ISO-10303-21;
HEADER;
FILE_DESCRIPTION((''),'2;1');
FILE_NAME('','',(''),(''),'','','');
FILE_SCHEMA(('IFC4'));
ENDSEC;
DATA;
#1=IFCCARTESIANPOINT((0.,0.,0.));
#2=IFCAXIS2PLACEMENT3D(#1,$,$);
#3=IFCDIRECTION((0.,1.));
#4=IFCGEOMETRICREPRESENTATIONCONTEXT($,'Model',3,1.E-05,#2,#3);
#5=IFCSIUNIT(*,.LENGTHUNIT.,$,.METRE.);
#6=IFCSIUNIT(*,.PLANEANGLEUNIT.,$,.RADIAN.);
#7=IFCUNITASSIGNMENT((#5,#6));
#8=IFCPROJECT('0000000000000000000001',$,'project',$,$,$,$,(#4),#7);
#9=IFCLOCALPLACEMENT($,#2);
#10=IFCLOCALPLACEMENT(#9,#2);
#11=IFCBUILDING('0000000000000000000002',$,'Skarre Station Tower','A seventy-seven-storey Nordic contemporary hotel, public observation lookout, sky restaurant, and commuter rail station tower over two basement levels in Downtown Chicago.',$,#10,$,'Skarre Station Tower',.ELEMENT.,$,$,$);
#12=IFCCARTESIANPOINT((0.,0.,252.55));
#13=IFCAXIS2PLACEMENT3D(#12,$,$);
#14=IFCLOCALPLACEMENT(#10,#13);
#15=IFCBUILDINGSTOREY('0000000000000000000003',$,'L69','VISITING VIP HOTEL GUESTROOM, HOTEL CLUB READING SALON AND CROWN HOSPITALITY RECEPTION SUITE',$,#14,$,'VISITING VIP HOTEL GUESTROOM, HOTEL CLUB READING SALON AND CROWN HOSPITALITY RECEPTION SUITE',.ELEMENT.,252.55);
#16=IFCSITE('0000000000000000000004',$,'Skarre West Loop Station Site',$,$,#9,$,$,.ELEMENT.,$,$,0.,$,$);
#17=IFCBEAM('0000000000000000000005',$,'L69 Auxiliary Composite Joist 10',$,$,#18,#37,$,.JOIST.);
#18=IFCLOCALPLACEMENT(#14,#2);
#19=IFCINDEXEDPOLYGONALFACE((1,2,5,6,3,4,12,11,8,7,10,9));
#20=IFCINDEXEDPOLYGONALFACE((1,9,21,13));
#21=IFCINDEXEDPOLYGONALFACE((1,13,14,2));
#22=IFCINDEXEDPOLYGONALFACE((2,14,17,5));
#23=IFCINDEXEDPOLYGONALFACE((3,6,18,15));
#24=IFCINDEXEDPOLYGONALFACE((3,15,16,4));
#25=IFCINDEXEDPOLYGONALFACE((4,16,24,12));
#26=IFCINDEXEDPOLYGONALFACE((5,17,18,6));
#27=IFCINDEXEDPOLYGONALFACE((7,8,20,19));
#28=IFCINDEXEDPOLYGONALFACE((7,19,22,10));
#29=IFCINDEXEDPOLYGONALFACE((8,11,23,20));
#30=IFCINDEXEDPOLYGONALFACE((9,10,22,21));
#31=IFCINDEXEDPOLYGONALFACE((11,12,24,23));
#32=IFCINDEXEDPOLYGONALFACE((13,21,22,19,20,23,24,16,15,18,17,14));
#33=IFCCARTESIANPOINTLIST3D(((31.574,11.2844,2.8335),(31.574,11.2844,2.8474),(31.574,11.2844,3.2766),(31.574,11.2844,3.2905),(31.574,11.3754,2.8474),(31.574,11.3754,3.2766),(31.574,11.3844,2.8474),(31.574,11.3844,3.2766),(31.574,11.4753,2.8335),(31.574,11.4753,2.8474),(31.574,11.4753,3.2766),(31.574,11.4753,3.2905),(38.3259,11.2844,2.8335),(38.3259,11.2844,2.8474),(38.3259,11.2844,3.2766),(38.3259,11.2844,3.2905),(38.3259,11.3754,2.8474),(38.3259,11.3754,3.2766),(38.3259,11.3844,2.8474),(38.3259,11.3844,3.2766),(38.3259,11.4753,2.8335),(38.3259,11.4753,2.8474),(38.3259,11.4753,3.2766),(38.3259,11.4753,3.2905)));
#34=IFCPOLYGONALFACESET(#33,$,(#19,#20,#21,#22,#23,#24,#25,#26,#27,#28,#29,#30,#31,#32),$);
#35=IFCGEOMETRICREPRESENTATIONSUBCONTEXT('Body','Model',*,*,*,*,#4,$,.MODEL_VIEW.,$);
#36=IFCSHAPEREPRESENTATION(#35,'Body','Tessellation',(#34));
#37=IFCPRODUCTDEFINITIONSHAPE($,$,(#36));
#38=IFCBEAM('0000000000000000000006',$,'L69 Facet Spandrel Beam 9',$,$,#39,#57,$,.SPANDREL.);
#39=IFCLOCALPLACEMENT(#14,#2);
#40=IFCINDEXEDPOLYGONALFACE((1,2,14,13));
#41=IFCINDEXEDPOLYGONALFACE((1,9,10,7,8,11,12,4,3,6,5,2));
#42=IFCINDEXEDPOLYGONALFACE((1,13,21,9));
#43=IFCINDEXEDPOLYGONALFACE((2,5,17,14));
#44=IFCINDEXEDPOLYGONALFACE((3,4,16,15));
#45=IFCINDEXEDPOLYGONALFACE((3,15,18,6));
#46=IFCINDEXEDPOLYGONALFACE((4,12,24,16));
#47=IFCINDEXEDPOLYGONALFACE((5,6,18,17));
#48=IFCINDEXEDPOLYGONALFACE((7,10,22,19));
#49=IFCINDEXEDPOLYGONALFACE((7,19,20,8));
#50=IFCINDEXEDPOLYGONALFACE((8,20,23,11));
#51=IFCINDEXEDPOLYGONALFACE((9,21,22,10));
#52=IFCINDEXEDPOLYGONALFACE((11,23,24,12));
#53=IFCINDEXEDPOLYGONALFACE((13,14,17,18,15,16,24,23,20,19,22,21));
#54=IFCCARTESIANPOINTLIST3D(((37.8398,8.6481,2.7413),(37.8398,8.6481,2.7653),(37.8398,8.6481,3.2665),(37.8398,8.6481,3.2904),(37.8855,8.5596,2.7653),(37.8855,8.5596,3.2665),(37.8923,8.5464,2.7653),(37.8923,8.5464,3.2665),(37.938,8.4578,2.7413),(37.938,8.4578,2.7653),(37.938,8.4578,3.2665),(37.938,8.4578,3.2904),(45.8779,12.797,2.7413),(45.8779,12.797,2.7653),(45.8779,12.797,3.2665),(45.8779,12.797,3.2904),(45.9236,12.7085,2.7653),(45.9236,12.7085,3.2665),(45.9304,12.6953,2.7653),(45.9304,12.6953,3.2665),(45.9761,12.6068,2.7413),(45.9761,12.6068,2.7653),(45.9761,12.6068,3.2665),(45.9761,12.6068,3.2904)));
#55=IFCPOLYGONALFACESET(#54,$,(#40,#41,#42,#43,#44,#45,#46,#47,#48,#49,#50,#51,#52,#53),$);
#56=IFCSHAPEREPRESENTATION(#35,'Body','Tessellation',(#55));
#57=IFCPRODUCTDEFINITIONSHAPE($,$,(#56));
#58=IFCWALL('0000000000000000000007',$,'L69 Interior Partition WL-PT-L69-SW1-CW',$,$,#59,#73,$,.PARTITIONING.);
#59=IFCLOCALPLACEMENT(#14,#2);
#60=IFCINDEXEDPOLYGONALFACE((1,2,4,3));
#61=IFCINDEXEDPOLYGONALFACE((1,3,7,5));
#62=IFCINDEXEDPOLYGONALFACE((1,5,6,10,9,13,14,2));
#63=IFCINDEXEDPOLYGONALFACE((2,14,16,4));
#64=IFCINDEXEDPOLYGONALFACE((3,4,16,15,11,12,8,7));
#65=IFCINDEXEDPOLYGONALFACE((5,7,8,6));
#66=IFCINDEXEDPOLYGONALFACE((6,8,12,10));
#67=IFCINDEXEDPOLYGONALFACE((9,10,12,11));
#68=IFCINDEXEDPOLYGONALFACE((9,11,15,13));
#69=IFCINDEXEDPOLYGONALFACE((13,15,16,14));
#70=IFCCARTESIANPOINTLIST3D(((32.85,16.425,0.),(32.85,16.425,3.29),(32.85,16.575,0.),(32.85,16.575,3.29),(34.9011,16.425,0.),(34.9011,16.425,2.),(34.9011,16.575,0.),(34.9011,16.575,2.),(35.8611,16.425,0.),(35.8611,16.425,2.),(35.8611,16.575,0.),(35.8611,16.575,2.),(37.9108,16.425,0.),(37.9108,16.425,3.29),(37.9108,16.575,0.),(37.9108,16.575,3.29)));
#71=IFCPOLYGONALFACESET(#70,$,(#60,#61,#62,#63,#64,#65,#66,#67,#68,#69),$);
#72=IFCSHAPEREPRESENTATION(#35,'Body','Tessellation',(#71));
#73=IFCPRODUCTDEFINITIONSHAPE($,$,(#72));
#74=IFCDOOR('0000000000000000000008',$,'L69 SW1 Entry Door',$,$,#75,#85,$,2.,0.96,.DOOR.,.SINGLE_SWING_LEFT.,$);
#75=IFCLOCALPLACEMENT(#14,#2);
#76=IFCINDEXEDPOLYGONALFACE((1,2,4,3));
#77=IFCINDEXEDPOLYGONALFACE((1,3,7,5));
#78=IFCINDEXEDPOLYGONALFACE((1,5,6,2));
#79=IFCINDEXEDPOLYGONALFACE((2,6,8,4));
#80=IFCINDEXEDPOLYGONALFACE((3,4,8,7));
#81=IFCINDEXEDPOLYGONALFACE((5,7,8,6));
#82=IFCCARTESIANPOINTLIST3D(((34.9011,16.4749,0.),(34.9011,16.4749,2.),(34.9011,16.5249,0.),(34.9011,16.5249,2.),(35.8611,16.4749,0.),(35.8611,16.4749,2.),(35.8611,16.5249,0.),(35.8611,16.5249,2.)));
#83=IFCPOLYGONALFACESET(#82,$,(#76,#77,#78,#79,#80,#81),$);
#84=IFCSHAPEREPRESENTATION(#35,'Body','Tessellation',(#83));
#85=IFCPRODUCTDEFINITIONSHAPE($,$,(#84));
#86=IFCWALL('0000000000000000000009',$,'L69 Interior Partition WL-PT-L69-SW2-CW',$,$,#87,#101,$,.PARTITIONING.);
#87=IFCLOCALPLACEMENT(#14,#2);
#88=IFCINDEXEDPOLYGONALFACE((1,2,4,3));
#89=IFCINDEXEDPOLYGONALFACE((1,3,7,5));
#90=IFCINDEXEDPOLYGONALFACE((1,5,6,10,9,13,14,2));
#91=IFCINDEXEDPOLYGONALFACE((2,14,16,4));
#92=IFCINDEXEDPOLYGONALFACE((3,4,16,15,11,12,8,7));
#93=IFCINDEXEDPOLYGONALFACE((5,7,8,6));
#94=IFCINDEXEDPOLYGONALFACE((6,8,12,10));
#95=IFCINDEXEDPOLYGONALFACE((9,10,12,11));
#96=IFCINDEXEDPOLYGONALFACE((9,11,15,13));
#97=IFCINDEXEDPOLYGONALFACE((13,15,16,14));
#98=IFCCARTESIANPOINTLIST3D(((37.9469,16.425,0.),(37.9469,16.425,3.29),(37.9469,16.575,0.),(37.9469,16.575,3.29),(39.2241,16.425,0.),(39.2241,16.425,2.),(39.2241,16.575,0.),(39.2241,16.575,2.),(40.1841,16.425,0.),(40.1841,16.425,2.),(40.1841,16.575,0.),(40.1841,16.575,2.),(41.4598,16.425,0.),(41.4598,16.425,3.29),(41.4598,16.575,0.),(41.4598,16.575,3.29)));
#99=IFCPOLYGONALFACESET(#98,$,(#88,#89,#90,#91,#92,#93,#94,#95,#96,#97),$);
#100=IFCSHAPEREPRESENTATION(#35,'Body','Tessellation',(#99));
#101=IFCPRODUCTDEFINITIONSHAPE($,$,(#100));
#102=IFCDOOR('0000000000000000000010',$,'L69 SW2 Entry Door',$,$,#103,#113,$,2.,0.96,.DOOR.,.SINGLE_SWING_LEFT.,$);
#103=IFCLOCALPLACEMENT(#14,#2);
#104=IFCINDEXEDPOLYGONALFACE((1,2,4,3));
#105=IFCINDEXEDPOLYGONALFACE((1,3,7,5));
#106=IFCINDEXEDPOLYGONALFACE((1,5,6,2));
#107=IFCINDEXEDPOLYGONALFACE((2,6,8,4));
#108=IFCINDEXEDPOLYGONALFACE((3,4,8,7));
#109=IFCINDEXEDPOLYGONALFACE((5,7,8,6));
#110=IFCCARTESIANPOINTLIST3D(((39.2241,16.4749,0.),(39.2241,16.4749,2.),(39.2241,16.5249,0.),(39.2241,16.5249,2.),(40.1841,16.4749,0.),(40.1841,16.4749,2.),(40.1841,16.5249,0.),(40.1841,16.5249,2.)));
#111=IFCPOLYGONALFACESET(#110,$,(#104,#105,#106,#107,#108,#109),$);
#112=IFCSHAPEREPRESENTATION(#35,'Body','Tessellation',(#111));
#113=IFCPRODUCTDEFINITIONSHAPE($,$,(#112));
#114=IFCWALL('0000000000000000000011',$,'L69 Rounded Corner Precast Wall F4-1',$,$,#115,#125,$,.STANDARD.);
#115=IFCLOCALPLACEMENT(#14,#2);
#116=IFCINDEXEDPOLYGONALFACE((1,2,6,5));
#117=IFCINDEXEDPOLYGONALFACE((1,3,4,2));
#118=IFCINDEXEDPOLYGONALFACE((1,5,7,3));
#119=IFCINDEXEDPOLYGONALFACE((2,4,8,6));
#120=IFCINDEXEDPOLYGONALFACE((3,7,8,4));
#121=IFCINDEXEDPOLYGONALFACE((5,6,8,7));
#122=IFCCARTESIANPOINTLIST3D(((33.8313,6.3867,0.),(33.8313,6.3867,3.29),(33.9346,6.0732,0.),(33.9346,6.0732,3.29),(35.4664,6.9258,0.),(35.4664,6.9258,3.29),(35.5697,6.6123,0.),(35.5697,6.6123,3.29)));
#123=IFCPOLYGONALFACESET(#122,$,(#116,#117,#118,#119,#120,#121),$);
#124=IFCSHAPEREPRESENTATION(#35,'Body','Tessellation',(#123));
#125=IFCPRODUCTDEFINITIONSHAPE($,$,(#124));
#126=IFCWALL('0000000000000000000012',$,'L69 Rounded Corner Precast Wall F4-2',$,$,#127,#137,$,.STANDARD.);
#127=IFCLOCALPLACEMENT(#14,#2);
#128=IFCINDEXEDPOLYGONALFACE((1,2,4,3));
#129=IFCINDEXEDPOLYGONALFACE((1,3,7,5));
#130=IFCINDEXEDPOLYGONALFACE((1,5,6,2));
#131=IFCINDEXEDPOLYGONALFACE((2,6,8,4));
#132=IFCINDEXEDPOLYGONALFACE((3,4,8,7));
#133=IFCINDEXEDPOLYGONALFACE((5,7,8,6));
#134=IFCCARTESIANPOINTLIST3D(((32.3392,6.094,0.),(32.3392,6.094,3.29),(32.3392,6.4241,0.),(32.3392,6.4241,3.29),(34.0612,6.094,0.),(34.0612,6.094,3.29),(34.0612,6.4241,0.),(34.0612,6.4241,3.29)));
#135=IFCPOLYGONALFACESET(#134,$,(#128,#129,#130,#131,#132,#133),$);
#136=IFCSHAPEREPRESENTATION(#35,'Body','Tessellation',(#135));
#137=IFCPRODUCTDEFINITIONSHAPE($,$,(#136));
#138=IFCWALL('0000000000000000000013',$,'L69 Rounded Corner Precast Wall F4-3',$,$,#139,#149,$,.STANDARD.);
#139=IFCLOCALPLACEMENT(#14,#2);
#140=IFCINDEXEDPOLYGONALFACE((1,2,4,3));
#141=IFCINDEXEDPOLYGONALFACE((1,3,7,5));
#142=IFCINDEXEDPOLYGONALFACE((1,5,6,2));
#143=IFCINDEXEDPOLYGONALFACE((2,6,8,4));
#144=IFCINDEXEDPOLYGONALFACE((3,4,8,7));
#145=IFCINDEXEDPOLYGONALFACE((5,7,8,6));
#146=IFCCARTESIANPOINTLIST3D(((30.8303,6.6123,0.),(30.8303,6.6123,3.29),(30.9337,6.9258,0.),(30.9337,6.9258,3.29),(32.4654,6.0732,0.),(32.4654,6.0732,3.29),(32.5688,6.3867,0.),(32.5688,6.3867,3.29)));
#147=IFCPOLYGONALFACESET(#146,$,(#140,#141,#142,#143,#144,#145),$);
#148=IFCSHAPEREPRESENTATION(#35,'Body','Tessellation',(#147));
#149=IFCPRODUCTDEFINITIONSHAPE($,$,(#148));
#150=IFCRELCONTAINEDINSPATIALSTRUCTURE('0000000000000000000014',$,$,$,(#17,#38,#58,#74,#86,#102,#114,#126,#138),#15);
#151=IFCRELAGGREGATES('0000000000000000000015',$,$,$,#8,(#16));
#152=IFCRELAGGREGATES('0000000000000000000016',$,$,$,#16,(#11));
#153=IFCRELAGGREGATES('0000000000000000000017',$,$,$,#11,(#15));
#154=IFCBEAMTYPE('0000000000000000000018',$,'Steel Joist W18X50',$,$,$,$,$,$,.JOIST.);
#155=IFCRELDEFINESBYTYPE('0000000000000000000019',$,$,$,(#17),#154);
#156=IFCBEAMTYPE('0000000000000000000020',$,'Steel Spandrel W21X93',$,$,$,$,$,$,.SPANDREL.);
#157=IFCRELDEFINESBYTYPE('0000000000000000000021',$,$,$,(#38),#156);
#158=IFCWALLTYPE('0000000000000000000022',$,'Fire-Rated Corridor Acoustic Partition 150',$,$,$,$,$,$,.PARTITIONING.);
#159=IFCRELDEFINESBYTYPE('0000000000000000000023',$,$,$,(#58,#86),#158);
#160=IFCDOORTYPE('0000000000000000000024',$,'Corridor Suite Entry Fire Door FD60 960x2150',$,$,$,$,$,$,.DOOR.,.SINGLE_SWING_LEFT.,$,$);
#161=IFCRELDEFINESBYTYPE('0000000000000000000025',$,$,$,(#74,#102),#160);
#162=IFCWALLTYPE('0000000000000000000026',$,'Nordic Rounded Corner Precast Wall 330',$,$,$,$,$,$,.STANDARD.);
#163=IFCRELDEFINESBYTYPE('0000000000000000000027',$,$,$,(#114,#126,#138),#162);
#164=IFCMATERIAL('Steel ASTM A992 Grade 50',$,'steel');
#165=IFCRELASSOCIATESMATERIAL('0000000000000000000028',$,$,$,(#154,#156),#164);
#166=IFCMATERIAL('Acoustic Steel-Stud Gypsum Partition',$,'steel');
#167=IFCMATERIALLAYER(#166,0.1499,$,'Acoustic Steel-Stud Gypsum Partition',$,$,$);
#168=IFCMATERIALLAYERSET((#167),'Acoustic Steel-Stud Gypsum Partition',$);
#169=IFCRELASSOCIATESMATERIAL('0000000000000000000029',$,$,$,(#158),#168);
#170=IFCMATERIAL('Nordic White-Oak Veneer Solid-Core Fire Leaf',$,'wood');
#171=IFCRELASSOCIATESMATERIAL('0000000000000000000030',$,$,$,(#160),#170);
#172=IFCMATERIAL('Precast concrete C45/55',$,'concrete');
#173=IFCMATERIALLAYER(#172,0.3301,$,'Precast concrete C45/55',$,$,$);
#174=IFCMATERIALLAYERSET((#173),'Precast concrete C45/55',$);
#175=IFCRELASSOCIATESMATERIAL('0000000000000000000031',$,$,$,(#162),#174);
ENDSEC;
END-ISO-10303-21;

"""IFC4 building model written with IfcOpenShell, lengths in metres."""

from ifc_helpers import new_model, si_unit, direction, frame, frame_2d, origin, origin_2d, place, context, subcontext, project, spatial, rectangle, i_section, extrude, material, layer, layer_set, material_profile, profile_set, type_object, element, fill, save


model = new_model("IFC4")

# Units and contexts
model_context = context("Model", 3, precision=1e-05, world=origin(), true_north=direction((0.0, 1.0)))
body_context = subcontext(model_context, "Body", "Model", "MODEL_VIEW")
ifc_project = project(units=[si_unit("LENGTHUNIT", "METRE"), si_unit("PLANEANGLEUNIT", "RADIAN")], contexts=[model_context])

# Site, building, storey
site_placement = place(None, origin())
site = spatial("IfcSite", under=ifc_project, at=site_placement, Name="Skarre West Loop Station Site", CompositionType="ELEMENT", RefElevation=0.0)
building_placement = place(site_placement, origin())
building = spatial("IfcBuilding", under=site, at=building_placement, Name="Skarre Station Tower", Description="A seventy-seven-storey Nordic contemporary hotel, public observation lookout, sky restaurant, and commuter rail station tower over two basement levels in Downtown Chicago.", LongName="Skarre Station Tower", CompositionType="ELEMENT")
storey_placement = place(building_placement, frame((0.0, 0.0, 252.55)))
storey = spatial("IfcBuildingStorey", under=building, at=storey_placement, Name="L69", Description="VISITING VIP HOTEL GUESTROOM, HOTEL CLUB READING SALON AND CROWN HOSPITALITY RECEPTION SUITE", LongName="VISITING VIP HOTEL GUESTROOM, HOTEL CLUB READING SALON AND CROWN HOSPITALITY RECEPTION SUITE", CompositionType="ELEMENT", Elevation=252.55)

# Beams
ifc_material_1 = material(Name="Steel ASTM A992 Grade 50", Category="steel")
ifc_material_profile_1 = material_profile(ifc_material_1, i_section(OverallWidth=0.1909, OverallDepth=0.457, WebThickness=0.009, FlangeThickness=0.0139, at=origin_2d()), Name="Steel ASTM A992 Grade 50")
ifc_profile_set_1 = profile_set([ifc_material_profile_1], Name="Steel ASTM A992 Grade 50")
beam_type_1 = type_object("IfcBeamType", Name="Steel Joist W18X50", PredefinedType="JOIST", material=ifc_profile_set_1)
beam_1_placement = place(storey_placement, frame((31.574, 11.3799, 3.062), z_axis=(1.0, 0.0, 0.0), x_axis=(0.0, 1.0, 0.0)))
element("IfcBeam", 1, at=beam_1_placement, inside=storey, type_object=beam_type_1, Name="L69 Auxiliary Composite Joist 10", PredefinedType="JOIST", context=body_context, shape_type="SweptSolid", body=[
    extrude(i_section(OverallWidth=0.1909, OverallDepth=0.457, WebThickness=0.009, FlangeThickness=0.0139, at=origin_2d()), origin(), (0.0, 0.0, 1.0), 6.752),
])
ifc_material_profile_2 = material_profile(ifc_material_1, i_section(OverallWidth=0.2141, OverallDepth=0.5491, WebThickness=0.0149, FlangeThickness=0.0239, at=origin_2d()), Name="Steel ASTM A992 Grade 50")
ifc_profile_set_2 = profile_set([ifc_material_profile_2], Name="Steel ASTM A992 Grade 50")
beam_type_2 = type_object("IfcBeamType", Name="Steel Spandrel W21X93", PredefinedType="SPANDREL", material=ifc_profile_set_2)
beam_2_placement = place(storey_placement, frame((37.8889, 8.553, 3.0159), z_axis=(0.88861, 0.458664, 0.0), x_axis=(-0.458664, 0.88861, 0.0)))
element("IfcBeam", 2, at=beam_2_placement, inside=storey, type_object=beam_type_2, Name="L69 Facet Spandrel Beam 9", PredefinedType="SPANDREL", context=body_context, shape_type="SweptSolid", body=[
    extrude(i_section(OverallWidth=0.2141, OverallDepth=0.5491, WebThickness=0.0149, FlangeThickness=0.0239, at=origin_2d()), origin(), (0.0, 0.0, 1.0), 9.0457),
])

# Walls, openings, doors
ifc_material_2 = material(Name="Acoustic Steel-Stud Gypsum Partition", Category="steel")
ifc_layer_1 = layer(ifc_material_2, 0.1499, Name="Acoustic Steel-Stud Gypsum Partition")
ifc_layer_set_1 = layer_set([ifc_layer_1], Name="Acoustic Steel-Stud Gypsum Partition")
wall_type_1 = type_object("IfcWallType", Name="Fire-Rated Corridor Acoustic Partition 150", PredefinedType="PARTITIONING", material=ifc_layer_set_1)
wall_1_placement = place(storey_placement, frame((32.8501, 16.5, 0.0), z_axis=(0.0, 0.0, 1.0), x_axis=(1.0, 0.0, 0.0)))
wall_1 = element("IfcWall", 3, at=wall_1_placement, inside=storey, type_object=wall_type_1, Name="L69 Interior Partition WL-PT-L69-SW1-CW", PredefinedType="PARTITIONING", context=body_context, shape_type="SweptSolid", body=[
    extrude(rectangle(XDim=5.0608, YDim=0.1499, at=frame_2d((2.5303, 0.0))), origin(), (0.0, 0.0, 1.0), 3.29),
])
opening_1_placement = place(wall_1_placement, frame((2.051, 0.0, 0.0)))
opening_1 = element("IfcOpeningElement", 4, at=opening_1_placement, cuts=wall_1, PredefinedType="OPENING", context=body_context, shape_type="SweptSolid", body=[
    extrude(rectangle(XDim=0.96, YDim=2.0, at=frame_2d((0.48, 1.0))), frame((0.0, 0.085, 0.0), z_axis=(0.0, -1.0, 0.0), x_axis=(1.0, 0.0, 0.0)), (0.0, 0.0, 1.0), 0.1699),
])
ifc_material_3 = material(Name="Nordic White-Oak Veneer Solid-Core Fire Leaf", Category="wood")
door_type_1 = type_object("IfcDoorType", Name="Corridor Suite Entry Fire Door FD60 960x2150", OperationType="SINGLE_SWING_LEFT", PredefinedType="DOOR", material=ifc_material_3)
door_1_placement = place(opening_1_placement, origin())
door_1 = element("IfcDoor", 5, at=door_1_placement, inside=storey, type_object=door_type_1, Name="L69 SW1 Entry Door", OperationType="SINGLE_SWING_LEFT", OverallHeight=2.0, OverallWidth=0.96, PredefinedType="DOOR", context=body_context, shape_type="SweptSolid", body=[
    extrude(rectangle(XDim=0.96, YDim=2.0, at=frame_2d((0.48, 1.0))), frame((0.0, 0.0249, 0.0), z_axis=(0.0, -1.0, 0.0), x_axis=(1.0, 0.0, 0.0)), (0.0, 0.0, 1.0), 0.05),
])
fill(opening_1, door_1)
wall_2_placement = place(storey_placement, frame((37.947, 16.5, 0.0), z_axis=(0.0, 0.0, 1.0), x_axis=(1.0, 0.0, 0.0)))
wall_2 = element("IfcWall", 6, at=wall_2_placement, inside=storey, type_object=wall_type_1, Name="L69 Interior Partition WL-PT-L69-SW2-CW", PredefinedType="PARTITIONING", context=body_context, shape_type="SweptSolid", body=[
    extrude(rectangle(XDim=3.5129, YDim=0.1499, at=frame_2d((1.7563, 0.0))), origin(), (0.0, 0.0, 1.0), 3.29),
])
opening_2_placement = place(wall_2_placement, frame((1.2771, 0.0, 0.0)))
opening_2 = element("IfcOpeningElement", 7, at=opening_2_placement, cuts=wall_2, PredefinedType="OPENING", context=body_context, shape_type="SweptSolid", body=[
    extrude(rectangle(XDim=0.96, YDim=2.0, at=frame_2d((0.48, 1.0))), frame((0.0, 0.085, 0.0), z_axis=(0.0, -1.0, 0.0), x_axis=(1.0, 0.0, 0.0)), (0.0, 0.0, 1.0), 0.1699),
])
door_2_placement = place(opening_2_placement, origin())
door_2 = element("IfcDoor", 8, at=door_2_placement, inside=storey, type_object=door_type_1, Name="L69 SW2 Entry Door", OperationType="SINGLE_SWING_LEFT", OverallHeight=2.0, OverallWidth=0.96, PredefinedType="DOOR", context=body_context, shape_type="SweptSolid", body=[
    extrude(rectangle(XDim=0.96, YDim=2.0, at=frame_2d((0.48, 1.0))), frame((0.0, 0.0249, 0.0), z_axis=(0.0, -1.0, 0.0), x_axis=(1.0, 0.0, 0.0)), (0.0, 0.0, 1.0), 0.05),
])
fill(opening_2, door_2)

# Walls
ifc_material_4 = material(Name="Precast concrete C45/55", Category="concrete")
ifc_layer_2 = layer(ifc_material_4, 0.3301, Name="Precast concrete C45/55")
ifc_layer_set_2 = layer_set([ifc_layer_2], Name="Precast concrete C45/55")
wall_type_2 = type_object("IfcWallType", Name="Nordic Rounded Corner Precast Wall 330", PredefinedType="STANDARD", material=ifc_layer_set_2)
wall_3_placement = place(storey_placement, frame((35.5181, 6.769, 0.0), z_axis=(0.0, 0.0, 1.0), x_axis=(-0.949713, -0.31312, 0.0)))
element("IfcWall", 9, at=wall_3_placement, inside=storey, type_object=wall_type_2, Name="L69 Rounded Corner Precast Wall F4-1", PredefinedType="STANDARD", context=body_context, shape_type="SweptSolid", body=[
    extrude(rectangle(XDim=1.7217, YDim=0.3301, at=frame_2d((0.8608, 0.0))), origin(), (0.0, 0.0, 1.0), 3.29),
])
wall_4_placement = place(storey_placement, frame((34.061, 6.259, 0.0), z_axis=(0.0, 0.0, 1.0), x_axis=(-1.0, 0.0, 0.0)))
element("IfcWall", 10, at=wall_4_placement, inside=storey, type_object=wall_type_2, Name="L69 Rounded Corner Precast Wall F4-2", PredefinedType="STANDARD", context=body_context, shape_type="SweptSolid", body=[
    extrude(rectangle(XDim=1.7219, YDim=0.3301, at=frame_2d((0.8608, 0.0))), origin(), (0.0, 0.0, 1.0), 3.29),
])
wall_5_placement = place(storey_placement, frame((32.5171, 6.23, 0.0), z_axis=(0.0, 0.0, 1.0), x_axis=(-0.949713, 0.31312, 0.0)))
element("IfcWall", 11, at=wall_5_placement, inside=storey, type_object=wall_type_2, Name="L69 Rounded Corner Precast Wall F4-3", PredefinedType="STANDARD", context=body_context, shape_type="SweptSolid", body=[
    extrude(rectangle(XDim=1.7217, YDim=0.3301, at=frame_2d((0.8608, 0.0))), origin(), (0.0, 0.0, 1.0), 3.29),
])

save(model, "model.ifc")
